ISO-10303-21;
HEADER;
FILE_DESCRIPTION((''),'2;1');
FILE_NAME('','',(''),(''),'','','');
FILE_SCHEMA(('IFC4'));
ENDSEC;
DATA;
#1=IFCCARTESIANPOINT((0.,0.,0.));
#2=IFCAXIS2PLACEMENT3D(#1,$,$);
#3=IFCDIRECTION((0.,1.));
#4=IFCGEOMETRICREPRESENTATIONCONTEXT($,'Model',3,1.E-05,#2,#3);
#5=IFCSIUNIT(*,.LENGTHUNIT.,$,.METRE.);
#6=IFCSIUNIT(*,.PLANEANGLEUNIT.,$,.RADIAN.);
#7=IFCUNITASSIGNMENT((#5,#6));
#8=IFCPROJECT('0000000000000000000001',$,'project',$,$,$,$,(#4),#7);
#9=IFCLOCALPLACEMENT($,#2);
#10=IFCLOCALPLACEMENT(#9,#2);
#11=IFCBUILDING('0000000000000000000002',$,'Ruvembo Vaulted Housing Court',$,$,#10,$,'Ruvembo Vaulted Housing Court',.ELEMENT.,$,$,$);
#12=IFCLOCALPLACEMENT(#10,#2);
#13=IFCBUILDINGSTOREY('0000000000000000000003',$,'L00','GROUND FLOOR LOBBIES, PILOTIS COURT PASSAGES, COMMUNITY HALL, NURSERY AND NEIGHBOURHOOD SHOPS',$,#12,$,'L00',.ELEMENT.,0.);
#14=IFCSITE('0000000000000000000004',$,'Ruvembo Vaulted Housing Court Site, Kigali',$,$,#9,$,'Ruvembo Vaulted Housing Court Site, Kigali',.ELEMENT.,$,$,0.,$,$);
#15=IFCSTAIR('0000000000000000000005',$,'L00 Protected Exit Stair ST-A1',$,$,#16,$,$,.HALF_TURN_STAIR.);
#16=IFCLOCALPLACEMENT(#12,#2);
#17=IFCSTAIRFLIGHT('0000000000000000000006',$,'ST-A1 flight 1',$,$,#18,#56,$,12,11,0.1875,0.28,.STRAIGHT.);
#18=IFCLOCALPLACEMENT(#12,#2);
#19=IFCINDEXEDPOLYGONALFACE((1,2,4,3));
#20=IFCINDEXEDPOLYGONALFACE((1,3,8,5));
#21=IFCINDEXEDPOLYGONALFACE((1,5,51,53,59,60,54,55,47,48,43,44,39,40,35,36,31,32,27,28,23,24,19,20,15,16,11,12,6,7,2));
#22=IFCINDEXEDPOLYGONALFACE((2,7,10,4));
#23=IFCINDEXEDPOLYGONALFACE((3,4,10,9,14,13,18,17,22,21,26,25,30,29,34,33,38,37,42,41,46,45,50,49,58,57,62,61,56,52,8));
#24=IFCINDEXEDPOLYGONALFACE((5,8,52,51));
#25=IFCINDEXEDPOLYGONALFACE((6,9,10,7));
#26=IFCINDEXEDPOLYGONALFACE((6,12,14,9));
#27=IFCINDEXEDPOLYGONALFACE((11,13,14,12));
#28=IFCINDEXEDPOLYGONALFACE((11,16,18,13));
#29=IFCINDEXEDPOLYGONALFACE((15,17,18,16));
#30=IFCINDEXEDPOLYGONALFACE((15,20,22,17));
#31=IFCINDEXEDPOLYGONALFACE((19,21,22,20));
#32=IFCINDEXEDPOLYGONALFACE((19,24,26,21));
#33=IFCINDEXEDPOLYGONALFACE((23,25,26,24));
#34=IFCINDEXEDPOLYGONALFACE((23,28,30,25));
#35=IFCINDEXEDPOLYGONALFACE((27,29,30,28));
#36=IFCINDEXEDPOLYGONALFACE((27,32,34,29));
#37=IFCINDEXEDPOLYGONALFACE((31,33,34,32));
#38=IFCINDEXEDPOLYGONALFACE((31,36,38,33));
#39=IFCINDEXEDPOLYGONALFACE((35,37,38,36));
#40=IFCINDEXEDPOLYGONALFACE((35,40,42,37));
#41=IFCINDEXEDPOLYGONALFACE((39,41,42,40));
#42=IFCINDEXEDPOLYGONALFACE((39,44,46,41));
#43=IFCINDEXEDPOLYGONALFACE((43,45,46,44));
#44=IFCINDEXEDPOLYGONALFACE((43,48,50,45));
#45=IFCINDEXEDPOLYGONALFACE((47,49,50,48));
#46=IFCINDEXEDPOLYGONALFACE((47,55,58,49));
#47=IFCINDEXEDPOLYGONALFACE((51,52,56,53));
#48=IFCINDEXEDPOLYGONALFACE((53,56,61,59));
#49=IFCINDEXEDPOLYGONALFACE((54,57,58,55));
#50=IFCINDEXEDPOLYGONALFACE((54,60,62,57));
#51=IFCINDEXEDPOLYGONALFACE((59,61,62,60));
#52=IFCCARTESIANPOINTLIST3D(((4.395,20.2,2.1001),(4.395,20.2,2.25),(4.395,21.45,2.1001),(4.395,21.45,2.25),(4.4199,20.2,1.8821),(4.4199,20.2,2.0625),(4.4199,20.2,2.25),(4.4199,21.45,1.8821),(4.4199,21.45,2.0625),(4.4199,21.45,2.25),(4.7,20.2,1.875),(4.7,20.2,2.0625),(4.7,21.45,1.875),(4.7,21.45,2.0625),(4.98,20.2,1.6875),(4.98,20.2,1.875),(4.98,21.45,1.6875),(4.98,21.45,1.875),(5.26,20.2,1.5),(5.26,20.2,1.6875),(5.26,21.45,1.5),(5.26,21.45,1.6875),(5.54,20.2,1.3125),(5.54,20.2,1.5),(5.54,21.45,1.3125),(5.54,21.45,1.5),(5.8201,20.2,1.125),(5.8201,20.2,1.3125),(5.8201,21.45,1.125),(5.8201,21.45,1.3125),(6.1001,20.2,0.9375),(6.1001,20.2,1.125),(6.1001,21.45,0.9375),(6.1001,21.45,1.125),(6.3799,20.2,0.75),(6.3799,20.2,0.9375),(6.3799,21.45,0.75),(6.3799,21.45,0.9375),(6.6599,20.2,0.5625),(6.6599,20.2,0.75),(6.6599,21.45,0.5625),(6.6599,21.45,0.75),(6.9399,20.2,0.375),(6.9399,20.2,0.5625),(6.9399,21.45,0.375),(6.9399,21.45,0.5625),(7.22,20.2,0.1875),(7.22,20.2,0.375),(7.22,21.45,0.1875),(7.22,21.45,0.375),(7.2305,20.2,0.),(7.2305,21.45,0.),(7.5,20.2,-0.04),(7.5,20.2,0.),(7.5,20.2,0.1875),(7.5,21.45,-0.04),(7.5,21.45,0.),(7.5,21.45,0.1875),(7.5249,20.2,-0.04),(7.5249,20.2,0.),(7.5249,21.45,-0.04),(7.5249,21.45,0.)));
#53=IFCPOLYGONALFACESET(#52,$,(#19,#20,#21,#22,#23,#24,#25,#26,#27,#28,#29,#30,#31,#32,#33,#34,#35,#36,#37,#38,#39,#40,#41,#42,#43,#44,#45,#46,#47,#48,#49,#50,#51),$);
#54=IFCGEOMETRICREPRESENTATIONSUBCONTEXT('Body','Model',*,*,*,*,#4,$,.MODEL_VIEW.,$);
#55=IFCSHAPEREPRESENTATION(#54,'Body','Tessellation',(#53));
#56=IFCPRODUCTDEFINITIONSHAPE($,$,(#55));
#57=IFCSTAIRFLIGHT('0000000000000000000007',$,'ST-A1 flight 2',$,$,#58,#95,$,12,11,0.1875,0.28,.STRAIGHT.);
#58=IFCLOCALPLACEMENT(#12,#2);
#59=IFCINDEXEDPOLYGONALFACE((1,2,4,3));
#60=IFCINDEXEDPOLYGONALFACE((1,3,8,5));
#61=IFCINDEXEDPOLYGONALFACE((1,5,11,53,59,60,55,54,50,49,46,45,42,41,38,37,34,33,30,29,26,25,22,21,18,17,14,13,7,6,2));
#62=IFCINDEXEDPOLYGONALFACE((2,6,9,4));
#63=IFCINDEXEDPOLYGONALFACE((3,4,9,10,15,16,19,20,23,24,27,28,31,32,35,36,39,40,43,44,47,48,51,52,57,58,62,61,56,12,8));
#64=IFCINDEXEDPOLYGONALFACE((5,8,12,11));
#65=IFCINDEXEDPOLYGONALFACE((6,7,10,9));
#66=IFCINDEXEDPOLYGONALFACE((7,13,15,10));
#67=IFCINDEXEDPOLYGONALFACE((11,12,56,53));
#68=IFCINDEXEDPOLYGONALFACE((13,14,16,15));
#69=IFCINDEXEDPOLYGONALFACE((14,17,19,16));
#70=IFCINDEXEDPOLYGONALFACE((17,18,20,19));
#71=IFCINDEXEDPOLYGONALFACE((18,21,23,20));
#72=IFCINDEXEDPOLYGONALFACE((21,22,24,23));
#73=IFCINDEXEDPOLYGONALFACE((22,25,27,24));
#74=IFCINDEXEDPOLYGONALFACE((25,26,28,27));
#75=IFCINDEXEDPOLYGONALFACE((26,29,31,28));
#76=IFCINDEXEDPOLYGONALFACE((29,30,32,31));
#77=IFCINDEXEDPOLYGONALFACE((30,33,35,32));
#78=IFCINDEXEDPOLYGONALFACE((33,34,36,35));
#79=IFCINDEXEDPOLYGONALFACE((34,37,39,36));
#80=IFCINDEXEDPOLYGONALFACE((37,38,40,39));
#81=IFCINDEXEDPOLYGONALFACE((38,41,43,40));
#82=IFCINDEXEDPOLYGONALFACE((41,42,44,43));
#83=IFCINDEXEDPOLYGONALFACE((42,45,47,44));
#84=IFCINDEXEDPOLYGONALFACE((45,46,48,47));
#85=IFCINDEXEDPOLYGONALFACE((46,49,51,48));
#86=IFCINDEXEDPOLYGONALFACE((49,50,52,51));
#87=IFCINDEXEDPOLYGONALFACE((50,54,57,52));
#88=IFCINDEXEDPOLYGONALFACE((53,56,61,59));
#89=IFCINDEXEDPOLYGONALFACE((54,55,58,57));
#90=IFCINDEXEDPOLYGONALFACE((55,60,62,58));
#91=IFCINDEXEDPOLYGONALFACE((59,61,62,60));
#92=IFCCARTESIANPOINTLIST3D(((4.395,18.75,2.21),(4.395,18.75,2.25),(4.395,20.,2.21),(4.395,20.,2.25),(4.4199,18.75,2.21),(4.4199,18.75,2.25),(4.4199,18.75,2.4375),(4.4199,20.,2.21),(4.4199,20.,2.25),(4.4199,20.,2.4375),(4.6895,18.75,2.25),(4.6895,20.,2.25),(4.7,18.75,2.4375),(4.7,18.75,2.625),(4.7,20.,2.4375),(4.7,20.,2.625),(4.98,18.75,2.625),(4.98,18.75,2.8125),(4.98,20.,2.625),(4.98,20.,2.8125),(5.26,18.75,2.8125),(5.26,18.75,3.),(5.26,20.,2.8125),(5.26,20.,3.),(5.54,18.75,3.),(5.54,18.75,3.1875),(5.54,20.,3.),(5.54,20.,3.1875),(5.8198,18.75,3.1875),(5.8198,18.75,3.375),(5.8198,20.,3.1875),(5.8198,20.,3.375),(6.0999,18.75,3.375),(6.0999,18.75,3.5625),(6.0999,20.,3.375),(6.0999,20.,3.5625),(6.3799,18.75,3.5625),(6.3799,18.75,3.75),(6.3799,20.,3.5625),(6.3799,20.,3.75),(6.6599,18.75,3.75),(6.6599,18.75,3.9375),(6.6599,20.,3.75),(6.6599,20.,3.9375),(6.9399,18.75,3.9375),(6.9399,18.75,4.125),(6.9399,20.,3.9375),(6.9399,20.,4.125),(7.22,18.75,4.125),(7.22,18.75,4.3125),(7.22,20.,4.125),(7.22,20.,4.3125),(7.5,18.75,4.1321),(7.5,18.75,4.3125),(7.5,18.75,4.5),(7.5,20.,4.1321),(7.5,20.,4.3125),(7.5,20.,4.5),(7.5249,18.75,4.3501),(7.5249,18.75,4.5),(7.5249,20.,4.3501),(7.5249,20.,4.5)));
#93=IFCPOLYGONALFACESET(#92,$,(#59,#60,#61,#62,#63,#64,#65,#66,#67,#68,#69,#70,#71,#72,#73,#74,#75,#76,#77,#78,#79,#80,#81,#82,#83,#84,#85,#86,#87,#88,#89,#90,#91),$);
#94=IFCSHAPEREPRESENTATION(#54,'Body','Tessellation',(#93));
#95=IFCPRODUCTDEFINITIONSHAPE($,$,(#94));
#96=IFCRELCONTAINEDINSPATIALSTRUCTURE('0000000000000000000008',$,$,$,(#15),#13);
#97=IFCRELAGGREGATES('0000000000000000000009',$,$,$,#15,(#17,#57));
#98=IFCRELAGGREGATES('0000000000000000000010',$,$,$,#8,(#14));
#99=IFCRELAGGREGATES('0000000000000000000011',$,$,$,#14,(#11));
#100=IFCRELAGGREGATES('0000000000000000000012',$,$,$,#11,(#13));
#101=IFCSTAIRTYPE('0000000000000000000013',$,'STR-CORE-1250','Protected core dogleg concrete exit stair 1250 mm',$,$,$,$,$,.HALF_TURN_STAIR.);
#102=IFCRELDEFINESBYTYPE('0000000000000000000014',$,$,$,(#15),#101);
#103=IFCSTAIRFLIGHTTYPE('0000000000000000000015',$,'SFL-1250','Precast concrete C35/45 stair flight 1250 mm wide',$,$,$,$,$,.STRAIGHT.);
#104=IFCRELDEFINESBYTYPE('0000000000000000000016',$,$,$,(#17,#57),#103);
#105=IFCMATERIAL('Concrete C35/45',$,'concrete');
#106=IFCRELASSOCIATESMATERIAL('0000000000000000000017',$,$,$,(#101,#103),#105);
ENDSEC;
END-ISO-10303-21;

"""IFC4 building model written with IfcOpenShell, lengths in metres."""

from ifc_helpers import new_model, si_unit, direction, frame, origin, place, context, subcontext, project, spatial, polyline, outline, extrude, material, type_object, element, aggregate, save


model = new_model("IFC4")

# Units and contexts
model_context = context("Model", 3, precision=1e-05, world=origin(), true_north=direction((0.0, 1.0)))
body_context = subcontext(model_context, "Body", "Model", "MODEL_VIEW")
ifc_project = project(units=[si_unit("LENGTHUNIT", "METRE"), si_unit("PLANEANGLEUNIT", "RADIAN")], contexts=[model_context])

# Site, building, storey
site_placement = place(None, origin())
site = spatial("IfcSite", under=ifc_project, at=site_placement, Name="Ruvembo Vaulted Housing Court Site, Kigali", LongName="Ruvembo Vaulted Housing Court Site, Kigali", CompositionType="ELEMENT", RefElevation=0.0)
building_placement = place(site_placement, origin())
building = spatial("IfcBuilding", under=site, at=building_placement, Name="Ruvembo Vaulted Housing Court", LongName="Ruvembo Vaulted Housing Court", CompositionType="ELEMENT")
storey_placement = place(building_placement, origin())
storey = spatial("IfcBuildingStorey", under=building, at=storey_placement, Name="L00", Description="GROUND FLOOR LOBBIES, PILOTIS COURT PASSAGES, COMMUNITY HALL, NURSERY AND NEIGHBOURHOOD SHOPS", LongName="L00", CompositionType="ELEMENT", Elevation=0.0)

# Shared definitions
ifc_material_1 = material(Name="Concrete C35/45", Category="concrete")

# Stair, stair flights
stair_type = type_object("IfcStairType", Name="STR-CORE-1250", Description="Protected core dogleg concrete exit stair 1250 mm", PredefinedType="HALF_TURN_STAIR", material=ifc_material_1)
stair_placement = place(storey_placement, origin())
stair = element("IfcStair", 1, at=stair_placement, inside=storey, type_object=stair_type, Name="L00 Protected Exit Stair ST-A1", PredefinedType="HALF_TURN_STAIR")
stair_flight_type = type_object("IfcStairFlightType", Name="SFL-1250", Description="Precast concrete C35/45 stair flight 1250 mm wide", PredefinedType="STRAIGHT", material=ifc_material_1)
stair_flight_1_placement = place(storey_placement, frame((7.5, 20.825, 0.0), z_axis=(0.0, 0.0, 1.0), x_axis=(-1.0, 0.0, 0.0)))
stair_flight_1 = element("IfcStairFlight", 2, at=stair_flight_1_placement, type_object=stair_flight_type, Name="ST-A1 flight 1", NumberOfRisers=12, NumberOfTreads=11, PredefinedType="STRAIGHT", RiserHeight=0.1875, TreadLength=0.28, context=body_context, shape_type="SweptSolid", body=[
    extrude(outline(polyline([(-0.0249, -0.04), (-0.0249, 0.0), (0.0, 0.0), (0.0, 0.1875), (0.28, 0.1875), (0.28, 0.375), (0.5601, 0.375), (0.5601, 0.5625), (0.8401, 0.5625), (0.8401, 0.75), (1.1201, 0.75), (1.1201, 0.9375), (1.3999, 0.9375), (1.3999, 1.125), (1.6799, 1.125), (1.6799, 1.3125), (1.96, 1.3125), (1.96, 1.5), (2.24, 1.5), (2.24, 1.6875), (2.52, 1.6875), (2.52, 1.875), (2.8, 1.875), (2.8, 2.0625), (3.0801, 2.0625), (3.0801, 2.25), (3.105, 2.25), (3.105, 2.1001), (3.0801, 1.8821), (0.2695, 0.0), (0.0, -0.04), (-0.0249, -0.04)])), frame((0.0, 0.625, 0.0), z_axis=(0.0, -1.0, 0.0), x_axis=(1.0, 0.0, 0.0)), (0.0, 0.0, 1.0), 1.25),
])
stair_flight_2_placement = place(storey_placement, frame((4.4199, 19.375, 2.25), z_axis=(0.0, 0.0, 1.0), x_axis=(1.0, 0.0, 0.0)))
stair_flight_2 = element("IfcStairFlight", 3, at=stair_flight_2_placement, type_object=stair_flight_type, Name="ST-A1 flight 2", NumberOfRisers=12, NumberOfTreads=11, PredefinedType="STRAIGHT", RiserHeight=0.1875, TreadLength=0.28, context=body_context, shape_type="SweptSolid", body=[
    extrude(outline(polyline([(-0.0249, -0.04), (-0.0249, 0.0), (0.0, 0.0), (0.0, 0.1875), (0.28, 0.1875), (0.28, 0.375), (0.5601, 0.375), (0.5601, 0.5625), (0.8401, 0.5625), (0.8401, 0.75), (1.1201, 0.75), (1.1201, 0.9375), (1.3999, 0.9375), (1.3999, 1.125), (1.6799, 1.125), (1.6799, 1.3125), (1.96, 1.3125), (1.96, 1.5), (2.24, 1.5), (2.24, 1.6875), (2.52, 1.6875), (2.52, 1.875), (2.8, 1.875), (2.8, 2.0625), (3.0801, 2.0625), (3.0801, 2.25), (3.105, 2.25), (3.105, 2.1001), (3.0801, 1.8821), (0.2695, 0.0), (0.0, -0.04), (-0.0249, -0.04)])), frame((0.0, 0.625, 0.0), z_axis=(0.0, -1.0, 0.0), x_axis=(1.0, 0.0, 0.0)), (0.0, 0.0, 1.0), 1.25),
])
aggregate(stair, [stair_flight_1, stair_flight_2])

save(model, "model.ifc")
